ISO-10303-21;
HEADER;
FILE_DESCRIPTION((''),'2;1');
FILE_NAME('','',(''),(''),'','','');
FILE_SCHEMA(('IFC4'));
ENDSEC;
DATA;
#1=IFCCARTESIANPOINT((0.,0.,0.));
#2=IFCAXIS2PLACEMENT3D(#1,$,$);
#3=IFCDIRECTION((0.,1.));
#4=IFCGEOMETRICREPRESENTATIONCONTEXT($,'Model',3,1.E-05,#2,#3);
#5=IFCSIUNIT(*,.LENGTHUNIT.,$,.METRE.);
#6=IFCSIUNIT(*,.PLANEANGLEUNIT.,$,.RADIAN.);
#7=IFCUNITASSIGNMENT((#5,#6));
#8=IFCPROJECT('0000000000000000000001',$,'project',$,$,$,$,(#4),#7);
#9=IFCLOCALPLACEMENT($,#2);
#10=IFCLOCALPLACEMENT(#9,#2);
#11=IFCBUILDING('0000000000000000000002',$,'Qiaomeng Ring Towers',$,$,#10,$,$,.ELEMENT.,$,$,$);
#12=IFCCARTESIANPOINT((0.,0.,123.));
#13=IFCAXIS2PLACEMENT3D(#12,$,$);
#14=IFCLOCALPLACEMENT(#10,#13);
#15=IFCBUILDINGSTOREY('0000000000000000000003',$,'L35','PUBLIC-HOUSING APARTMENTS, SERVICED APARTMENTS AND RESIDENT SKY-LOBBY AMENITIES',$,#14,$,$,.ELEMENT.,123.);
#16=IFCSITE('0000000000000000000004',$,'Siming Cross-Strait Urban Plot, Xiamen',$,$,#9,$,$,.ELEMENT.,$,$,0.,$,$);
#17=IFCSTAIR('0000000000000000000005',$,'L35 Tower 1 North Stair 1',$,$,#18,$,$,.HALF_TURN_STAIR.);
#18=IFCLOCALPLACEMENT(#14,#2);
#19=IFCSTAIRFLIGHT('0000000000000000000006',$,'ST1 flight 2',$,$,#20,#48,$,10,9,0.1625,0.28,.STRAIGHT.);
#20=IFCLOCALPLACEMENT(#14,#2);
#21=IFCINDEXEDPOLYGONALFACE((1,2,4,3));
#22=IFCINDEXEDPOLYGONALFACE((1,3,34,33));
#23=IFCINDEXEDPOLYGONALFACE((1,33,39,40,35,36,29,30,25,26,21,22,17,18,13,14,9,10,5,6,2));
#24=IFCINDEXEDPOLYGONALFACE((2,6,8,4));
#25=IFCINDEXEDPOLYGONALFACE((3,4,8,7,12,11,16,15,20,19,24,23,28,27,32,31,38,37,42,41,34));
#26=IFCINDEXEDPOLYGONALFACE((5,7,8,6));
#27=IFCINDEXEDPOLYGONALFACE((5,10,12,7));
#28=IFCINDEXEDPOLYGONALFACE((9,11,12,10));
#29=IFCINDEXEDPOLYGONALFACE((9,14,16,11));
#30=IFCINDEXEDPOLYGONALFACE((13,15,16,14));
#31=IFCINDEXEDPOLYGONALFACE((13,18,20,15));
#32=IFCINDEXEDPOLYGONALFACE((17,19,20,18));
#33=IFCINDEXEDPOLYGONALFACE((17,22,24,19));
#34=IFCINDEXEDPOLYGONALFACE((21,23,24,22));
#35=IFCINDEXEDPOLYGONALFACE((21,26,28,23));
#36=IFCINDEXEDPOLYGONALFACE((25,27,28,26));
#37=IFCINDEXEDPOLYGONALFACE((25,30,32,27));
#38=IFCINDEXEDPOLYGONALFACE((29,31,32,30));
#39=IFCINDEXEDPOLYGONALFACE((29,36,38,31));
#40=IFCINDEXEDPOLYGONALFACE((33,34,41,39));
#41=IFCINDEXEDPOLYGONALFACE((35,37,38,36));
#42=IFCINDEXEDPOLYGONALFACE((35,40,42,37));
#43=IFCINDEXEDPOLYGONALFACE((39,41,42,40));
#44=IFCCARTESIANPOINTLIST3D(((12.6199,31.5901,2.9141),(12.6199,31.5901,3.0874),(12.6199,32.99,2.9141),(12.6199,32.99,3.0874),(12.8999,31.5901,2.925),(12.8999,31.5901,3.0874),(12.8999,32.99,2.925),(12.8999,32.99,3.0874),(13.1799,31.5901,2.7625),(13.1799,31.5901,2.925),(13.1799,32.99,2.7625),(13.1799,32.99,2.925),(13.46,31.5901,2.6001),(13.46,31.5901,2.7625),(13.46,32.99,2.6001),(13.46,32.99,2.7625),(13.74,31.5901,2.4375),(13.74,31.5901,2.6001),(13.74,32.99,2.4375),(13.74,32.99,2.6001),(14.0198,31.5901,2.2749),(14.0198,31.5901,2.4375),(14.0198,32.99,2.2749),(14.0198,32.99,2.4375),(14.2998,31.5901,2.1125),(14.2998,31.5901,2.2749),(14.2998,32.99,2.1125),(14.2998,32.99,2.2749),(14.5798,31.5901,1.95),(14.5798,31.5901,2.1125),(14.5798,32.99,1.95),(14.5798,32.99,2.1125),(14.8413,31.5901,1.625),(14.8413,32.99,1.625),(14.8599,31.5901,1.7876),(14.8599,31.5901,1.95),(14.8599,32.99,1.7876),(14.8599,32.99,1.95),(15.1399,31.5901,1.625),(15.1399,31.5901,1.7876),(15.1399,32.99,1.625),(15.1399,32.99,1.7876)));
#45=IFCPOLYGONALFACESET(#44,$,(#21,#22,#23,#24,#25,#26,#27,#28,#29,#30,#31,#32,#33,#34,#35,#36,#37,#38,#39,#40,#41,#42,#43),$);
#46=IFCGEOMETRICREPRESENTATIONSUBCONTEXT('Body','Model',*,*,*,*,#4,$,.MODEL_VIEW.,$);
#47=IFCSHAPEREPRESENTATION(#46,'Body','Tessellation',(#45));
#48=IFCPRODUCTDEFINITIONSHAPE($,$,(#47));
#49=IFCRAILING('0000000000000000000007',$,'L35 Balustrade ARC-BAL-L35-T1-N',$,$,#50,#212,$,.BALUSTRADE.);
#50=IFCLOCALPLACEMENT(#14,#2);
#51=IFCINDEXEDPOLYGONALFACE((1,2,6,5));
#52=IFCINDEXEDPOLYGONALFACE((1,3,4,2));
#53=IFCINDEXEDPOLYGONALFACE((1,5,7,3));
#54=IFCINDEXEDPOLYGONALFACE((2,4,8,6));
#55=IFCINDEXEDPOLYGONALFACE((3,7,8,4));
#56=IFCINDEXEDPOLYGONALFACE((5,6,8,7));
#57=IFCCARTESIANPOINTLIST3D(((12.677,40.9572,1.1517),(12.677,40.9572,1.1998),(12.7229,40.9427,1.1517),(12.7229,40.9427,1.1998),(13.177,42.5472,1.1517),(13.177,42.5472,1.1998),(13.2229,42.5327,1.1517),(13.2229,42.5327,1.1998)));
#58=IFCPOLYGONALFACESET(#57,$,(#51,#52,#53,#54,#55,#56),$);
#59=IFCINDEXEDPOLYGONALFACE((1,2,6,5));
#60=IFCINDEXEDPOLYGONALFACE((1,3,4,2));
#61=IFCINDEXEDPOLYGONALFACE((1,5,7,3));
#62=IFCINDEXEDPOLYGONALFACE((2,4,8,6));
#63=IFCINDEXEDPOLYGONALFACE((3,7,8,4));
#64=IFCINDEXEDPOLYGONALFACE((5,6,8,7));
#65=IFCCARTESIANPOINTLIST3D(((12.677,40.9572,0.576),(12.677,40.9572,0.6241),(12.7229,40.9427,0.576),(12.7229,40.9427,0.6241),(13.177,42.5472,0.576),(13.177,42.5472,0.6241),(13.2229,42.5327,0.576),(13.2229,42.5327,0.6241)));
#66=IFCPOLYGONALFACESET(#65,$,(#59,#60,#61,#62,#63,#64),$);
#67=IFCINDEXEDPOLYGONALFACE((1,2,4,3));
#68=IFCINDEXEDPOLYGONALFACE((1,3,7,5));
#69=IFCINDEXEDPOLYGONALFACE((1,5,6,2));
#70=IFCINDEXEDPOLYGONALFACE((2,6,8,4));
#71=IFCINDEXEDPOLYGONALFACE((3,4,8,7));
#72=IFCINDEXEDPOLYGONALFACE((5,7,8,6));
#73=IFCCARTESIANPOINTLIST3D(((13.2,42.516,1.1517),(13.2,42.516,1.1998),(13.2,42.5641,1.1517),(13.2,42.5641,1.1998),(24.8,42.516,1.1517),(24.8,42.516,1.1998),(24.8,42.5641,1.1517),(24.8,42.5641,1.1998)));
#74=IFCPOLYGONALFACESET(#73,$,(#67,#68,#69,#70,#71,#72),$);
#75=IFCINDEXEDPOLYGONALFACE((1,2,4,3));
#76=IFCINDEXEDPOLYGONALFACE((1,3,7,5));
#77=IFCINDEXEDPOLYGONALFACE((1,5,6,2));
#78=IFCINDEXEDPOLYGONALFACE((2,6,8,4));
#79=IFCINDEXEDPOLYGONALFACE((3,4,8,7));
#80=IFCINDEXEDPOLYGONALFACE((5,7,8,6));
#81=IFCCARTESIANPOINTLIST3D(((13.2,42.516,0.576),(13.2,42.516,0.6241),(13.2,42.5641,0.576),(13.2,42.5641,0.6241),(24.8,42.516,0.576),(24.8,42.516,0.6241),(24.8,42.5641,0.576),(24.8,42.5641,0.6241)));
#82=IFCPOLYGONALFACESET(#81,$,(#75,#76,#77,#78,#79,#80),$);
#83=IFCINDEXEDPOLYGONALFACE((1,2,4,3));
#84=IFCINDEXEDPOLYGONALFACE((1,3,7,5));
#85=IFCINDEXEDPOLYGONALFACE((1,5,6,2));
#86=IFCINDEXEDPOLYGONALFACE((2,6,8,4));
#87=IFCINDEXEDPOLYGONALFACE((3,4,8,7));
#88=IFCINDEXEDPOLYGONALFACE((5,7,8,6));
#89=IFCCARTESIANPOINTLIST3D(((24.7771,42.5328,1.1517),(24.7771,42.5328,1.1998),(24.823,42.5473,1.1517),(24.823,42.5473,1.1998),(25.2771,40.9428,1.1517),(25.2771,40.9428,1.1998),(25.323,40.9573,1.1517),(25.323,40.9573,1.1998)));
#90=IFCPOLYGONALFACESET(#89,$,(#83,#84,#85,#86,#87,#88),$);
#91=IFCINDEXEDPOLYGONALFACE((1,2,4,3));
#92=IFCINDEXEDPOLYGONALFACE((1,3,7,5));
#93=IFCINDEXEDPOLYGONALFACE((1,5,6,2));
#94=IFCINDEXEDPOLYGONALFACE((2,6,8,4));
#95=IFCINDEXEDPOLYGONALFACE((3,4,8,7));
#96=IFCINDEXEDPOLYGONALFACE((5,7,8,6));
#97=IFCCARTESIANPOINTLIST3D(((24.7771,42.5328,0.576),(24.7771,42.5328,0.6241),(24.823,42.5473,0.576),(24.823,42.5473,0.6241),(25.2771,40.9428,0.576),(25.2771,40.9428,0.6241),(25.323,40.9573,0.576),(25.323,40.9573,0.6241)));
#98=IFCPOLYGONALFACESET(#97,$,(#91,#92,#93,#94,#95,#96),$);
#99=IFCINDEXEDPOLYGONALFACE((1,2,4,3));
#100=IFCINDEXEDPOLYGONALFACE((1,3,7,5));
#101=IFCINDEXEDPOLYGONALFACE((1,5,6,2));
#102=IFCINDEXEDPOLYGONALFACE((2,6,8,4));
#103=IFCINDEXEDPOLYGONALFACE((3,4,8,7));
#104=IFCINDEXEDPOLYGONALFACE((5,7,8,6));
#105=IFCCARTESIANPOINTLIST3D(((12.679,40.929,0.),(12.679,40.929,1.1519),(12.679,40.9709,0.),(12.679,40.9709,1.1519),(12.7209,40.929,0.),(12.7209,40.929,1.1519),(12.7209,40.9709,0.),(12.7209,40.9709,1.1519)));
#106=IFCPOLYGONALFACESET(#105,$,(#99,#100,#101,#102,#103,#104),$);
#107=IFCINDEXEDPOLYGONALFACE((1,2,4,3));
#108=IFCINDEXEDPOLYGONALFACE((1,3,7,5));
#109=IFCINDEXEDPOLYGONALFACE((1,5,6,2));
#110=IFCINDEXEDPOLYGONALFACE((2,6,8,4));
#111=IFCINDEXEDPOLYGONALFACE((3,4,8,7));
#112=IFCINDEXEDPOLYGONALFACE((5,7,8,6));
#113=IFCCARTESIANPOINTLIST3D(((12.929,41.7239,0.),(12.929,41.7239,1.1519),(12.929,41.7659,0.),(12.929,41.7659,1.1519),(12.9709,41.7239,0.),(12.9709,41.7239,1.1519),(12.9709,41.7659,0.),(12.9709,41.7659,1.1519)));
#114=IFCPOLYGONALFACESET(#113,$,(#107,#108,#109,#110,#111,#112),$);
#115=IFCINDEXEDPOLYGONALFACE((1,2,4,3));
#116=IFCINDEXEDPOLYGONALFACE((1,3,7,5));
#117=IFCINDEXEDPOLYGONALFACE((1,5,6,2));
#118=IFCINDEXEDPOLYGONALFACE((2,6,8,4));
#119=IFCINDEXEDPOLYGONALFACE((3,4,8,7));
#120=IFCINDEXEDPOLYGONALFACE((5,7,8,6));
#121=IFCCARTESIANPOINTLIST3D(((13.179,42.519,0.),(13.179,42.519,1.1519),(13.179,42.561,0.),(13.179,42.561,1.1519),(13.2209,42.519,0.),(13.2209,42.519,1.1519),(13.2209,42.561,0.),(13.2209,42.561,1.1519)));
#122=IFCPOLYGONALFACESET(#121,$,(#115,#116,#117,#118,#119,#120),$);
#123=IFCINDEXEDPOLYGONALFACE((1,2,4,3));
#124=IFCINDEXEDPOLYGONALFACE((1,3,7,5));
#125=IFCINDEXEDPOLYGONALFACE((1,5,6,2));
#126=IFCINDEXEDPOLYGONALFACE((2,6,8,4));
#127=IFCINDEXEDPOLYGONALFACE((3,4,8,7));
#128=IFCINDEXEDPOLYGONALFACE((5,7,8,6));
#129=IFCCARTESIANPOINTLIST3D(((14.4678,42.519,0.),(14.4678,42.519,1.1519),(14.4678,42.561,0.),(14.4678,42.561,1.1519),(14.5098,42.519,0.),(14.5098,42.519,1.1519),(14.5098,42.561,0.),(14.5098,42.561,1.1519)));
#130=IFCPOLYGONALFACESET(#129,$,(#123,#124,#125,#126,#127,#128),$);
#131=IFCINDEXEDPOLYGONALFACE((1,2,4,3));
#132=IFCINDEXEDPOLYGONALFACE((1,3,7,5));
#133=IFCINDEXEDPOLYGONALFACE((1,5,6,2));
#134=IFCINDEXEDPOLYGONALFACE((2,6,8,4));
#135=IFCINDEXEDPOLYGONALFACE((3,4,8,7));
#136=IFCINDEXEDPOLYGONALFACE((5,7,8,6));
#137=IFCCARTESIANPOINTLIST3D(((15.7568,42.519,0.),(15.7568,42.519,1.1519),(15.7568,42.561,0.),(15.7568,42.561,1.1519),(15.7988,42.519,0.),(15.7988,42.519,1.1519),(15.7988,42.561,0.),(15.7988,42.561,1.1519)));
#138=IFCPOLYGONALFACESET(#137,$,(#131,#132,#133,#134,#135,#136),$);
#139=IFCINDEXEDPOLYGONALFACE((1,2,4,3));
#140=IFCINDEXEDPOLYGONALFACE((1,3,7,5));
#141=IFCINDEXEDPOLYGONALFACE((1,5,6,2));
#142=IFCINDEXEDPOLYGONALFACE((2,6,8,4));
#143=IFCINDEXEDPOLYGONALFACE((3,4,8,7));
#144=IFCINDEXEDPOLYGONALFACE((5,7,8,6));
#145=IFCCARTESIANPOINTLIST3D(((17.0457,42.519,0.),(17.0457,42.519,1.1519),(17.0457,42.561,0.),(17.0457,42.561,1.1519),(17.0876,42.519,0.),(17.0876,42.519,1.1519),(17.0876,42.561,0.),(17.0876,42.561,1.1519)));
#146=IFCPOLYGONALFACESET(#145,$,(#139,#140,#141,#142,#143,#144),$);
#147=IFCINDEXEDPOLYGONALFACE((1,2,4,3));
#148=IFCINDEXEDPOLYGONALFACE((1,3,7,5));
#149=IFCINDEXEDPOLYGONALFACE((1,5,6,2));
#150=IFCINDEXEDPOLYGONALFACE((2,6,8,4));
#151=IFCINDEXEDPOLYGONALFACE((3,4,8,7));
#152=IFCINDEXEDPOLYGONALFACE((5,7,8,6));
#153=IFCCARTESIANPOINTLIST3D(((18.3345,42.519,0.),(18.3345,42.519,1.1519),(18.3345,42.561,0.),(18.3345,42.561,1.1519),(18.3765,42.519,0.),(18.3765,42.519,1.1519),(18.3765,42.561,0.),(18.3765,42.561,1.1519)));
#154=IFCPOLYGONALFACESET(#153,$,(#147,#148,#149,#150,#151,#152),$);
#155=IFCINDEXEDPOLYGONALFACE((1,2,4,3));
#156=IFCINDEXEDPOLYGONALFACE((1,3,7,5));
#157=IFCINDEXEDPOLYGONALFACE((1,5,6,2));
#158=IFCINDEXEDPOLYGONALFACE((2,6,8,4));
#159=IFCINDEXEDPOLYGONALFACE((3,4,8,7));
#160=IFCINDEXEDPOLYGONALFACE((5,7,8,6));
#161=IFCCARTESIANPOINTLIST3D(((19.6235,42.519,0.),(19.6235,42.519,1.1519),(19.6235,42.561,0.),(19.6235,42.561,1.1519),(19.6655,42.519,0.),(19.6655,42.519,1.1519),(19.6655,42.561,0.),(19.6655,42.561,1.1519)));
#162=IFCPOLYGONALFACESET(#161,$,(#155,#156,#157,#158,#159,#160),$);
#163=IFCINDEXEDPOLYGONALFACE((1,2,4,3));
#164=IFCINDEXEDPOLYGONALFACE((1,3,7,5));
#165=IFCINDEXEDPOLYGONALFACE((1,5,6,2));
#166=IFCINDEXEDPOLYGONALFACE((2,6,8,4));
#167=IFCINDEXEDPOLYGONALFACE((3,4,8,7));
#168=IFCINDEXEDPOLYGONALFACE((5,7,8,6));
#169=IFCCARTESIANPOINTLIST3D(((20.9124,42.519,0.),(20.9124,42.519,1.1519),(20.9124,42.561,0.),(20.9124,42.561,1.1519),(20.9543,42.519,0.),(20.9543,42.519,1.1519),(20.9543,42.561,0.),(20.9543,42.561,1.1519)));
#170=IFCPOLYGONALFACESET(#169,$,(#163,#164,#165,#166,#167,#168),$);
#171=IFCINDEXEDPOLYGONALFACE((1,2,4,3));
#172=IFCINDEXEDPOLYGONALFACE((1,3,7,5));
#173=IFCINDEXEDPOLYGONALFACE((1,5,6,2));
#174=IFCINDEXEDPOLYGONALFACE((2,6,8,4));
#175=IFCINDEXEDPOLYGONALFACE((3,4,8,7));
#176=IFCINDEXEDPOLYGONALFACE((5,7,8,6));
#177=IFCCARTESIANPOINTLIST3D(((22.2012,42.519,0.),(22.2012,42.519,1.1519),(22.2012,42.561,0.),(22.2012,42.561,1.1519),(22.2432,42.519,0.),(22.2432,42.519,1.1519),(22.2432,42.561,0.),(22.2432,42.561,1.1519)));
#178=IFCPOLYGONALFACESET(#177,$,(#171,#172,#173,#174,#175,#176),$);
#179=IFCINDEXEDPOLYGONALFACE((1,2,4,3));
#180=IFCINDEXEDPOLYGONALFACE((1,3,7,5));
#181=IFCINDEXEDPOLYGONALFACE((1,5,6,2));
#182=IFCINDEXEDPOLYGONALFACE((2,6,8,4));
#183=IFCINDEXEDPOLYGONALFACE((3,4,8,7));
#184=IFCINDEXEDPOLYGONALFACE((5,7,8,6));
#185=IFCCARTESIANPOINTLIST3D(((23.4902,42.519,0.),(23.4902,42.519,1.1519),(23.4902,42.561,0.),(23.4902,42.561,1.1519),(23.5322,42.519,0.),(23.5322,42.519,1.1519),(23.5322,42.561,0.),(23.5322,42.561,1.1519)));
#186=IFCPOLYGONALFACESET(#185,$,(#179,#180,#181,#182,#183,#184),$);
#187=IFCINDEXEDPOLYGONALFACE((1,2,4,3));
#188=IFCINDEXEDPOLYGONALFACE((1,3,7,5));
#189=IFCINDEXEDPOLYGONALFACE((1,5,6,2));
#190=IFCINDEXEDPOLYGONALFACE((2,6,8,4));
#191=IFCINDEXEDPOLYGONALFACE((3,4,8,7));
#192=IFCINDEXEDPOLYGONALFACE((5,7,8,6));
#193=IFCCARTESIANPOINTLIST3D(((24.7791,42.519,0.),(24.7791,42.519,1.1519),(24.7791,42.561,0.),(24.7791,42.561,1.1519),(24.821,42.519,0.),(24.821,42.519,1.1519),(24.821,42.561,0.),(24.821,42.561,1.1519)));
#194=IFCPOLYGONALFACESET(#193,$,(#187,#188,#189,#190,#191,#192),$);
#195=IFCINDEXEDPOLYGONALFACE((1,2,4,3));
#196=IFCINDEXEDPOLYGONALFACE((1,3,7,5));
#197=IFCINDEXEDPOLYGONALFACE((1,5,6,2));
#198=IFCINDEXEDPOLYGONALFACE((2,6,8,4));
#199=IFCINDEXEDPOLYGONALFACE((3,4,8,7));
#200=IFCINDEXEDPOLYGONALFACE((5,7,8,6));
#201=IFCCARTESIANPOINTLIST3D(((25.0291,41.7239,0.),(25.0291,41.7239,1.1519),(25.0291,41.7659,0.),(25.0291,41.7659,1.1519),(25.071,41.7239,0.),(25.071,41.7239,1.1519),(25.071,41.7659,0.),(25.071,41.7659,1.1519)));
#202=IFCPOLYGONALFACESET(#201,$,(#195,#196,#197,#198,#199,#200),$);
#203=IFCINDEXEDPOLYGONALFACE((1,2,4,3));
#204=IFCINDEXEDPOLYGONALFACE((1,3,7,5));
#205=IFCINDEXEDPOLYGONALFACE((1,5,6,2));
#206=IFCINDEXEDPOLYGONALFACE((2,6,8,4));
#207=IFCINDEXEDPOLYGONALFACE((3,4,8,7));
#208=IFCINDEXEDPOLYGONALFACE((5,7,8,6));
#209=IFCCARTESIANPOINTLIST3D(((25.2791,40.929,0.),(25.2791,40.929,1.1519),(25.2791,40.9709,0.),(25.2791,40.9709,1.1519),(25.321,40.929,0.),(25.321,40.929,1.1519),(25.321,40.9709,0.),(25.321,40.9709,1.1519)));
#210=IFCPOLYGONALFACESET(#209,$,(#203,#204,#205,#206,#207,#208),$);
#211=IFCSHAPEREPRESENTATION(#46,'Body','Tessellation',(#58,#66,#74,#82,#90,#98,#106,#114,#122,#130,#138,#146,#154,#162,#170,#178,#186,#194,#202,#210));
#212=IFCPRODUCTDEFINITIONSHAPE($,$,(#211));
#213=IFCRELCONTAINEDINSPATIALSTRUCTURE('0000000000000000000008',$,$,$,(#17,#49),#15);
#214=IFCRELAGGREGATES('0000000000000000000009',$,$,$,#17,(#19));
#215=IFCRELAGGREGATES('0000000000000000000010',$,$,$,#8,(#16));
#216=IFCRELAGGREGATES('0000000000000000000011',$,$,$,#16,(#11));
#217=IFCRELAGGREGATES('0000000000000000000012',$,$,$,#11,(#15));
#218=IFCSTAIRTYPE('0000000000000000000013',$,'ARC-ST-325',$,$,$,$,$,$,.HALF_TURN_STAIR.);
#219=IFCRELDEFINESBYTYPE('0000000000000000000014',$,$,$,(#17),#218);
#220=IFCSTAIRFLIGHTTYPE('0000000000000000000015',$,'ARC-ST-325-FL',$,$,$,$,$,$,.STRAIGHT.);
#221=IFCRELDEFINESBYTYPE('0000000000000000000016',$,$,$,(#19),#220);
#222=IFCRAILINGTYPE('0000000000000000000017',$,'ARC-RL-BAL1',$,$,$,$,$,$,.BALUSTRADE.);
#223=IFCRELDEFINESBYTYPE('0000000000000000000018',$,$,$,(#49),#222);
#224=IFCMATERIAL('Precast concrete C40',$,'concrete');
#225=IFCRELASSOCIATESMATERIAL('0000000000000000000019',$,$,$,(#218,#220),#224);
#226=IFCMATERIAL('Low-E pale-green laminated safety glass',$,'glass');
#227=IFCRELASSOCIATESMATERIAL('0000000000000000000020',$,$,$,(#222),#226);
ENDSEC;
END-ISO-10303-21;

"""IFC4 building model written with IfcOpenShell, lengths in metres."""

from ifc_helpers import new_model, si_unit, direction, frame, origin, origin_2d, place, context, subcontext, project, spatial, polyline, rectangle, outline, extrude, source, transform, mapped, material, type_object, element, aggregate, save


model = new_model("IFC4")

# Units and contexts
model_context = context("Model", 3, precision=1e-05, world=origin(), true_north=direction((0.0, 1.0)))
body_context = subcontext(model_context, "Body", "Model", "MODEL_VIEW")
ifc_project = project(units=[si_unit("LENGTHUNIT", "METRE"), si_unit("PLANEANGLEUNIT", "RADIAN")], contexts=[model_context])

# Site, building, storey
site_placement = place(None, origin())
site = spatial("IfcSite", under=ifc_project, at=site_placement, Name="Siming Cross-Strait Urban Plot, Xiamen", CompositionType="ELEMENT", RefElevation=0.0)
building_placement = place(site_placement, origin())
building = spatial("IfcBuilding", under=site, at=building_placement, Name="Qiaomeng Ring Towers", CompositionType="ELEMENT")
storey_placement = place(building_placement, frame((0.0, 0.0, 123.0)))
storey = spatial("IfcBuildingStorey", under=building, at=storey_placement, Name="L35", Description="PUBLIC-HOUSING APARTMENTS, SERVICED APARTMENTS AND RESIDENT SKY-LOBBY AMENITIES", CompositionType="ELEMENT", Elevation=123.0)

# Stair, stair flight
ifc_material_1 = material(Name="Precast concrete C40", Category="concrete")
stair_type = type_object("IfcStairType", Name="ARC-ST-325", PredefinedType="HALF_TURN_STAIR", material=ifc_material_1)
stair_placement = place(storey_placement, origin())
stair = element("IfcStair", 1, at=stair_placement, inside=storey, type_object=stair_type, Name="L35 Tower 1 North Stair 1", PredefinedType="HALF_TURN_STAIR")
stair_flight_type = type_object("IfcStairFlightType", Name="ARC-ST-325-FL", PredefinedType="STRAIGHT", material=ifc_material_1)
shared_shape_1 = source(origin(), body_context, "Body", "SweptSolid", [
    extrude(outline(polyline([(0.0, 0.0), (0.0, 0.1626), (0.28, 0.1626), (0.28, 0.325), (0.5601, 0.325), (0.5601, 0.4875), (0.8401, 0.4875), (0.8401, 0.6499), (1.1201, 0.6499), (1.1201, 0.8125), (1.3999, 0.8125), (1.3999, 0.9751), (1.6799, 0.9751), (1.6799, 1.1375), (1.96, 1.1375), (1.96, 1.3), (2.24, 1.3), (2.24, 1.4624), (2.52, 1.4624), (2.52, 1.625), (2.52, 1.2891), (0.2986, 0.0), (0.0, 0.0)])), frame((0.0, 0.7, 0.0), z_axis=(0.0, -1.0, 0.0), x_axis=(1.0, 0.0, 0.0)), (0.0, 0.0, 1.0), 1.3999),
])
stair_flight_placement = place(storey_placement, frame((15.1399, 32.29, 1.625), z_axis=(0.0, 0.0, 1.0), x_axis=(-1.0, 0.0, 0.0)))
stair_flight = element("IfcStairFlight", 2, at=stair_flight_placement, type_object=stair_flight_type, Name="ST1 flight 2", NumberOfRisers=10, NumberOfTreads=9, PredefinedType="STRAIGHT", RiserHeight=0.1625, TreadLength=0.28, context=body_context, shape_type="MappedRepresentation", body=[
    mapped(shared_shape_1, transform((0.0, 0.0, 0.0), x_axis=(1.0, 0.0, 0.0), y_axis=(0.0, 1.0, 0.0), z_axis=(0.0, 0.0, 1.0), scale=1.0)),
])
aggregate(stair, [stair_flight])

# Railing
ifc_material_2 = material(Name="Low-E pale-green laminated safety glass", Category="glass")
railing_type_1 = type_object("IfcRailingType", Name="ARC-RL-BAL1", PredefinedType="BALUSTRADE", material=ifc_material_2)
railing_1_placement = place(storey_placement, frame((12.7, 40.95, 0.0)))
element("IfcRailing", 3, at=railing_1_placement, inside=storey, type_object=railing_type_1, Name="L35 Balustrade ARC-BAL-L35-T1-N", PredefinedType="BALUSTRADE", context=body_context, shape_type="SweptSolid", body=[
    extrude(rectangle(XDim=0.0481, YDim=0.0481, at=origin_2d()), frame((0.0, 0.0, 1.1758), z_axis=(0.299968, 0.953949, 0.0), x_axis=(-0.953949, 0.299968, 0.0)), (0.0, 0.0, 1.0), 1.6667),
    extrude(rectangle(XDim=0.0481, YDim=0.0481, at=origin_2d()), frame((0.0, 0.0, 0.6001), z_axis=(0.299968, 0.953949, 0.0), x_axis=(-0.953949, 0.299968, 0.0)), (0.0, 0.0, 1.0), 1.6667),
    extrude(rectangle(XDim=0.0481, YDim=0.0481, at=origin_2d()), frame((0.5, 1.5901, 1.1758), z_axis=(1.0, 0.0, 0.0), x_axis=(0.0, 1.0, 0.0)), (0.0, 0.0, 1.0), 11.6001),
    extrude(rectangle(XDim=0.0481, YDim=0.0481, at=origin_2d()), frame((0.5, 1.5901, 0.6001), z_axis=(1.0, 0.0, 0.0), x_axis=(0.0, 1.0, 0.0)), (0.0, 0.0, 1.0), 11.6001),
    extrude(rectangle(XDim=0.0481, YDim=0.0481, at=origin_2d()), frame((12.1001, 1.5901, 1.1758), z_axis=(0.299968, -0.953949, 0.0), x_axis=(0.953949, 0.299968, 0.0)), (0.0, 0.0, 1.0), 1.6667),
    extrude(rectangle(XDim=0.0481, YDim=0.0481, at=origin_2d()), frame((12.1001, 1.5901, 0.6001), z_axis=(0.299968, -0.953949, 0.0), x_axis=(0.953949, 0.299968, 0.0)), (0.0, 0.0, 1.0), 1.6667),
    extrude(rectangle(XDim=0.042, YDim=0.042, at=origin_2d()), origin(), (0.0, 0.0, 1.0), 1.1519),
    extrude(rectangle(XDim=0.042, YDim=0.042, at=origin_2d()), frame((0.25, 0.7949, 0.0)), (0.0, 0.0, 1.0), 1.1519),
    extrude(rectangle(XDim=0.042, YDim=0.042, at=origin_2d()), frame((0.5, 1.5901, 0.0)), (0.0, 0.0, 1.0), 1.1519),
    extrude(rectangle(XDim=0.042, YDim=0.042, at=origin_2d()), frame((1.7888, 1.5901, 0.0)), (0.0, 0.0, 1.0), 1.1519),
    extrude(rectangle(XDim=0.042, YDim=0.042, at=origin_2d()), frame((3.0779, 1.5901, 0.0)), (0.0, 0.0, 1.0), 1.1519),
    extrude(rectangle(XDim=0.042, YDim=0.042, at=origin_2d()), frame((4.3667, 1.5901, 0.0)), (0.0, 0.0, 1.0), 1.1519),
    extrude(rectangle(XDim=0.042, YDim=0.042, at=origin_2d()), frame((5.6555, 1.5901, 0.0)), (0.0, 0.0, 1.0), 1.1519),
    extrude(rectangle(XDim=0.042, YDim=0.042, at=origin_2d()), frame((6.9446, 1.5901, 0.0)), (0.0, 0.0, 1.0), 1.1519),
    extrude(rectangle(XDim=0.042, YDim=0.042, at=origin_2d()), frame((8.2334, 1.5901, 0.0)), (0.0, 0.0, 1.0), 1.1519),
    extrude(rectangle(XDim=0.042, YDim=0.042, at=origin_2d()), frame((9.5222, 1.5901, 0.0)), (0.0, 0.0, 1.0), 1.1519),
    extrude(rectangle(XDim=0.042, YDim=0.042, at=origin_2d()), frame((10.8113, 1.5901, 0.0)), (0.0, 0.0, 1.0), 1.1519),
    extrude(rectangle(XDim=0.042, YDim=0.042, at=origin_2d()), frame((12.1001, 1.5901, 0.0)), (0.0, 0.0, 1.0), 1.1519),
    extrude(rectangle(XDim=0.042, YDim=0.042, at=origin_2d()), frame((12.3501, 0.7949, 0.0)), (0.0, 0.0, 1.0), 1.1519),
    extrude(rectangle(XDim=0.042, YDim=0.042, at=origin_2d()), frame((12.6001, 0.0, 0.0)), (0.0, 0.0, 1.0), 1.1519),
])

save(model, "model.ifc")
